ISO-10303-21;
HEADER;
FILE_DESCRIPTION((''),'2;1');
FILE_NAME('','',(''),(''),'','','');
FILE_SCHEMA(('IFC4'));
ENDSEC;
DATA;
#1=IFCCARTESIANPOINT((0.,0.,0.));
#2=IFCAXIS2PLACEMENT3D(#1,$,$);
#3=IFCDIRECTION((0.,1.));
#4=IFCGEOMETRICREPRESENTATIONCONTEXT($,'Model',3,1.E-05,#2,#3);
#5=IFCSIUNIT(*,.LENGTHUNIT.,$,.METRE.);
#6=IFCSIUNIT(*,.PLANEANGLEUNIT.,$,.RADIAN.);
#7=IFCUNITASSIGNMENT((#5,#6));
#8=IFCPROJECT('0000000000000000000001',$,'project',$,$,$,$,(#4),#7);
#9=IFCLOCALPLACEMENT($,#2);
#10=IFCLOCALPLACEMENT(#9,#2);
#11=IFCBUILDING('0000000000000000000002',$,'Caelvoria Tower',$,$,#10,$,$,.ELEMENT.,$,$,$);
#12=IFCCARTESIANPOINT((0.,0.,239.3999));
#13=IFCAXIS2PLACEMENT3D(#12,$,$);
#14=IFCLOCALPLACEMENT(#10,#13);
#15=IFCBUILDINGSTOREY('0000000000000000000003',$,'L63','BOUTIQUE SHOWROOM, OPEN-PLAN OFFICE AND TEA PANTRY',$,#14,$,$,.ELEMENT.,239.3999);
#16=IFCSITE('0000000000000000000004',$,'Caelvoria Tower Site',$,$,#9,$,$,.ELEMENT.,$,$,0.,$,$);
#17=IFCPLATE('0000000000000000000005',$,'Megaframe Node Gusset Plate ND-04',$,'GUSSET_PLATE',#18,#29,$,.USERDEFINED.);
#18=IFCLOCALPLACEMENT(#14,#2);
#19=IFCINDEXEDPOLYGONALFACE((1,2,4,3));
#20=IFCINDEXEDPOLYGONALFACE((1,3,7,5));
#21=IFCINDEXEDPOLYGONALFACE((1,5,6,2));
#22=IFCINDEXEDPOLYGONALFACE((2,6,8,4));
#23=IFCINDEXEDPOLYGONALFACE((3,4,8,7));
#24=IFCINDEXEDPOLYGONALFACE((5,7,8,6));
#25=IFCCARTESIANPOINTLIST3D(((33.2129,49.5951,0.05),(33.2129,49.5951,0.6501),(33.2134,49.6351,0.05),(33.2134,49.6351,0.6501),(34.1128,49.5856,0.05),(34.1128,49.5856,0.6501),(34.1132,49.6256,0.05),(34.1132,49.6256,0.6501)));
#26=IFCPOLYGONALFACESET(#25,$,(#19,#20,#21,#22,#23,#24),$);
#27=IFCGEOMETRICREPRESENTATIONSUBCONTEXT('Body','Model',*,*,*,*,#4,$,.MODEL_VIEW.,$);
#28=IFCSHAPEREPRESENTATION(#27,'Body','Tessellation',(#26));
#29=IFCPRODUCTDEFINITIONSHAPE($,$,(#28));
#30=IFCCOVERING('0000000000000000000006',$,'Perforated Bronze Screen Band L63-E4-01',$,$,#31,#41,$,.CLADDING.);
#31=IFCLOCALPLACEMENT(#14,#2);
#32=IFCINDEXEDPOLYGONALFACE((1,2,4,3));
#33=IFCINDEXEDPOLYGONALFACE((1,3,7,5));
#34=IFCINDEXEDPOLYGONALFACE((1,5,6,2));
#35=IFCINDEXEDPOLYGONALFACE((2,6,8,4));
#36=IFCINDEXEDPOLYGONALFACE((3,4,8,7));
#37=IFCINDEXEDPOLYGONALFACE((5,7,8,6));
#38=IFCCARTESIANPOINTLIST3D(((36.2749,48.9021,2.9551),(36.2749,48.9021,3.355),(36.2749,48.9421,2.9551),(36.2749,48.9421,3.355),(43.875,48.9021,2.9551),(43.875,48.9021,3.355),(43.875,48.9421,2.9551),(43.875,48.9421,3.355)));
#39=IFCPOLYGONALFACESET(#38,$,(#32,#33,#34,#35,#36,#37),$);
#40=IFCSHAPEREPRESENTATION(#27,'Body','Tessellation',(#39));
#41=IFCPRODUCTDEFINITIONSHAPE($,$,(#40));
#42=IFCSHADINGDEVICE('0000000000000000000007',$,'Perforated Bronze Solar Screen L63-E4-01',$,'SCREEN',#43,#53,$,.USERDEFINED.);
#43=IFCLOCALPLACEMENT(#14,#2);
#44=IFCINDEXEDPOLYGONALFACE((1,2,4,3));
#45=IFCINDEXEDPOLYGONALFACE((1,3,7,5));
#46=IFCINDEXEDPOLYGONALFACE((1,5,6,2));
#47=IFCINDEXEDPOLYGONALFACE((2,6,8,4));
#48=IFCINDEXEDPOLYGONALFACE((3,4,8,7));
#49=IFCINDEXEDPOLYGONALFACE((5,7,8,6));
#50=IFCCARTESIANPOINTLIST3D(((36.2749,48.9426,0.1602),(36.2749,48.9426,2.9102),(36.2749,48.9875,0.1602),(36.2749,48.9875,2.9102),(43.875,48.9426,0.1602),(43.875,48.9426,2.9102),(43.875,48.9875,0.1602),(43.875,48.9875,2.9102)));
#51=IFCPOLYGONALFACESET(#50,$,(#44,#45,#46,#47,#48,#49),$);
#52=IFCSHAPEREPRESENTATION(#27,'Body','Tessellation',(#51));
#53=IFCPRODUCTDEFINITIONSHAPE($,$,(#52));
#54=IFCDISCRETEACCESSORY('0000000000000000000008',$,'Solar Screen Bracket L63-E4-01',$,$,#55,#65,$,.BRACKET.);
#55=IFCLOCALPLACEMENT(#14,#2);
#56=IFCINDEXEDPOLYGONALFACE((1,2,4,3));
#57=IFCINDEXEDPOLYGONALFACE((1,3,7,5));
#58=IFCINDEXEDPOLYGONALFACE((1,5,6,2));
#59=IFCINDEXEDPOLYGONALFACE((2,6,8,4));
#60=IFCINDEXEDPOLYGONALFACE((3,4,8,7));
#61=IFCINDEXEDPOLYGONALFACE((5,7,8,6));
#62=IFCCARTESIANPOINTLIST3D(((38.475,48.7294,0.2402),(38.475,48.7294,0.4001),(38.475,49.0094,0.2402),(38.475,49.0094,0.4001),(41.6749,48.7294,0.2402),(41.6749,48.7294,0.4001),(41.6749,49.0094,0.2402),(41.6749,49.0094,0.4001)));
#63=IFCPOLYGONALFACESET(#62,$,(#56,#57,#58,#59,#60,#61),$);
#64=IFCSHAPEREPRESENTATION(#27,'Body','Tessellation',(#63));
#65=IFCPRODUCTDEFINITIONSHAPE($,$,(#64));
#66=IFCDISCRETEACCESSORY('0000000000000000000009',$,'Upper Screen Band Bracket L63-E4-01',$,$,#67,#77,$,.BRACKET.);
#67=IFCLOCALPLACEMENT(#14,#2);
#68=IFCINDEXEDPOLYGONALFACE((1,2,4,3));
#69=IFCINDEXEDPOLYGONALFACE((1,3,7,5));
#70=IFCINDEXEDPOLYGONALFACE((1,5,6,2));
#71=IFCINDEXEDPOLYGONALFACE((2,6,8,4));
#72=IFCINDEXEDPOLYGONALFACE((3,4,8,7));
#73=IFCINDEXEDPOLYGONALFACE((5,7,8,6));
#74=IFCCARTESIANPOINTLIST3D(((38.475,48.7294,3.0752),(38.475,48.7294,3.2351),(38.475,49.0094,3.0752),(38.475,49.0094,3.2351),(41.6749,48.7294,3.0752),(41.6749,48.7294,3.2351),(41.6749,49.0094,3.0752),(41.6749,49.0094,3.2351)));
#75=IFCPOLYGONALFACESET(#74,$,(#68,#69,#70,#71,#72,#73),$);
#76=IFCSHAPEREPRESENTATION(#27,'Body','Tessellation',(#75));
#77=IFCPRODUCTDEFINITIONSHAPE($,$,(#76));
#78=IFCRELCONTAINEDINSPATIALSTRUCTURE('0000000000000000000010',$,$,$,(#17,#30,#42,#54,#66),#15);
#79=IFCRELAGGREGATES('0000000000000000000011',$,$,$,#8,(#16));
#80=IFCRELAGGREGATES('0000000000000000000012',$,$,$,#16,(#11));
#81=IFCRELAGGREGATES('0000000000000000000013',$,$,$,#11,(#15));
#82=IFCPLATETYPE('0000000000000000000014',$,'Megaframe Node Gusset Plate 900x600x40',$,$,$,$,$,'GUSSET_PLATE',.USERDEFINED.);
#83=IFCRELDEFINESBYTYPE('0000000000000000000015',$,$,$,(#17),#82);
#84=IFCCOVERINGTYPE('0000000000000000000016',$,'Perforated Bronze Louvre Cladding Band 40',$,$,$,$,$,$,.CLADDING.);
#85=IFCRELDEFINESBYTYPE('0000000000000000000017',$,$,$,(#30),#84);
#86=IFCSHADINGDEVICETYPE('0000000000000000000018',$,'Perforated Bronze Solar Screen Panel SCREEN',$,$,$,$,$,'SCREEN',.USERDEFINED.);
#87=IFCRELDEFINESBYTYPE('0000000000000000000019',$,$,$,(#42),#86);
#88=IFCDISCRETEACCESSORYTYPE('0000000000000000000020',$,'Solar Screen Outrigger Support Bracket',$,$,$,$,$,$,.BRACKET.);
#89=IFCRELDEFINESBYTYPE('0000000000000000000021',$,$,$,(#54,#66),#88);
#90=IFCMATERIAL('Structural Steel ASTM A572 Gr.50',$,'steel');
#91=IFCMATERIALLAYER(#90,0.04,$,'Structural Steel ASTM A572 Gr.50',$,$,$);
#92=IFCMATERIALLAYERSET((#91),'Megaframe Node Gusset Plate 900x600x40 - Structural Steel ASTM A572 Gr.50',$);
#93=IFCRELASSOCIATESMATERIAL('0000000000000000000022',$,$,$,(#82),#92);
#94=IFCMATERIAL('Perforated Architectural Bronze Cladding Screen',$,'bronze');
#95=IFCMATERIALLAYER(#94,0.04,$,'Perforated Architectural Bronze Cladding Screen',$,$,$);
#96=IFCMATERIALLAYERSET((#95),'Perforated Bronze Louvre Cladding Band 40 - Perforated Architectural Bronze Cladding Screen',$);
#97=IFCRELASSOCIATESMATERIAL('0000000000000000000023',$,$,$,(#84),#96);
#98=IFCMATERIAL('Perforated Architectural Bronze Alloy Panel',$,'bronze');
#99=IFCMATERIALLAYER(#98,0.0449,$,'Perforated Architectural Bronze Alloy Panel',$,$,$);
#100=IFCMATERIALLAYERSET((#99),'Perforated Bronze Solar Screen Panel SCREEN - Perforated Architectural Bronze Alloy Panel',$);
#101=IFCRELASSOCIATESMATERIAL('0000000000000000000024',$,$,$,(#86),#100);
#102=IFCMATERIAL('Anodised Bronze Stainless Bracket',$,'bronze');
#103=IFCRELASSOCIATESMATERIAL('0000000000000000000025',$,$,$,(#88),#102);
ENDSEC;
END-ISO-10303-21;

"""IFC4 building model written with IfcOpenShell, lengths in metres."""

from ifc_helpers import new_model, si_unit, direction, frame, origin, origin_2d, place, context, subcontext, project, spatial, rectangle, extrude, material, layer, layer_set, type_object, element, save


model = new_model("IFC4")

# Units and contexts
model_context = context("Model", 3, precision=1e-05, world=origin(), true_north=direction((0.0, 1.0)))
body_context = subcontext(model_context, "Body", "Model", "MODEL_VIEW")
ifc_project = project(units=[si_unit("LENGTHUNIT", "METRE"), si_unit("PLANEANGLEUNIT", "RADIAN")], contexts=[model_context])

# Site, building, storey
site_placement = place(None, origin())
site = spatial("IfcSite", under=ifc_project, at=site_placement, Name="Caelvoria Tower Site", CompositionType="ELEMENT", RefElevation=0.0)
building_placement = place(site_placement, origin())
building = spatial("IfcBuilding", under=site, at=building_placement, Name="Caelvoria Tower", CompositionType="ELEMENT")
storey_placement = place(building_placement, frame((0.0, 0.0, 239.3999)))
storey = spatial("IfcBuildingStorey", under=building, at=storey_placement, Name="L63", Description="BOUTIQUE SHOWROOM, OPEN-PLAN OFFICE AND TEA PANTRY", CompositionType="ELEMENT", Elevation=239.3999)

# Shared definitions
ifc_material_1 = material(Name="Structural Steel ASTM A572 Gr.50", Category="steel")

# Plate
ifc_layer_1 = layer(ifc_material_1, 0.04, Name="Structural Steel ASTM A572 Gr.50")
ifc_layer_set_1 = layer_set([ifc_layer_1], Name="Megaframe Node Gusset Plate 900x600x40 - Structural Steel ASTM A572 Gr.50")
plate_type_1 = type_object("IfcPlateType", Name="Megaframe Node Gusset Plate 900x600x40", ElementType="GUSSET_PLATE", PredefinedType="USERDEFINED", material=ifc_layer_set_1)
plate_1_placement = place(storey_placement, frame((33.6631, 49.6104, 0.05), z_axis=(0.0, 0.0, 1.0), x_axis=(0.999944, -0.010561, 0.0)))
element("IfcPlate", 1, at=plate_1_placement, inside=storey, type_object=plate_type_1, Name="Megaframe Node Gusset Plate ND-04", ObjectType="GUSSET_PLATE", PredefinedType="USERDEFINED", context=body_context, shape_type="SweptSolid", body=[
    extrude(rectangle(XDim=0.8999, YDim=0.04, at=origin_2d()), origin(), (0.0, 0.0, 1.0), 0.6001),
])

# Covering
ifc_material_2 = material(Name="Perforated Architectural Bronze Cladding Screen", Category="bronze")
ifc_layer_2 = layer(ifc_material_2, 0.04, Name="Perforated Architectural Bronze Cladding Screen")
ifc_layer_set_2 = layer_set([ifc_layer_2], Name="Perforated Bronze Louvre Cladding Band 40 - Perforated Architectural Bronze Cladding Screen")
covering_type = type_object("IfcCoveringType", Name="Perforated Bronze Louvre Cladding Band 40", PredefinedType="CLADDING", material=ifc_layer_set_2)
covering_placement = place(storey_placement, frame((40.075, 48.9221, 2.9551), z_axis=(0.0, 0.0, 1.0), x_axis=(-1.0, 0.0, 0.0)))
element("IfcCovering", 2, at=covering_placement, inside=storey, type_object=covering_type, Name="Perforated Bronze Screen Band L63-E4-01", PredefinedType="CLADDING", context=body_context, shape_type="SweptSolid", body=[
    extrude(rectangle(XDim=7.6001, YDim=0.04, at=origin_2d()), origin(), (0.0, 0.0, 1.0), 0.3999),
])

# Shading device
ifc_material_3 = material(Name="Perforated Architectural Bronze Alloy Panel", Category="bronze")
ifc_layer_3 = layer(ifc_material_3, 0.0449, Name="Perforated Architectural Bronze Alloy Panel")
ifc_layer_set_3 = layer_set([ifc_layer_3], Name="Perforated Bronze Solar Screen Panel SCREEN - Perforated Architectural Bronze Alloy Panel")
shading_device_type = type_object("IfcShadingDeviceType", Name="Perforated Bronze Solar Screen Panel SCREEN", ElementType="SCREEN", PredefinedType="USERDEFINED", material=ifc_layer_set_3)
shading_device_placement = place(storey_placement, frame((40.075, 48.9651, 0.1602), z_axis=(0.0, 0.0, 1.0), x_axis=(-1.0, 0.0, 0.0)))
element("IfcShadingDevice", 3, at=shading_device_placement, inside=storey, type_object=shading_device_type, Name="Perforated Bronze Solar Screen L63-E4-01", ObjectType="SCREEN", PredefinedType="USERDEFINED", context=body_context, shape_type="SweptSolid", body=[
    extrude(rectangle(XDim=7.6001, YDim=0.0449, at=origin_2d()), origin(), (0.0, 0.0, 1.0), 2.75),
])

# Discrete accessories
ifc_material_4 = material(Name="Anodised Bronze Stainless Bracket", Category="bronze")
discrete_accessory_type = type_object("IfcDiscreteAccessoryType", Name="Solar Screen Outrigger Support Bracket", PredefinedType="BRACKET", material=ifc_material_4)
for number, where, z_axis, x_axis, name in (
    (4, (40.075, 48.8694, 0.2402), (0.0, 0.0, 1.0), (-1.0, 0.0, 0.0), "Solar Screen Bracket L63-E4-01"),
    (5, (40.075, 48.8694, 3.0752), (0.0, 0.0, 1.0), (-1.0, 0.0, 0.0), "Upper Screen Band Bracket L63-E4-01"),
):
    element("IfcDiscreteAccessory", number, at=place(storey_placement, frame(where, z_axis=z_axis, x_axis=x_axis)), inside=storey, type_object=discrete_accessory_type, Name=name, PredefinedType="BRACKET", context=body_context, shape_type="SweptSolid", body=[
        extrude(rectangle(XDim=3.2, YDim=0.28, at=origin_2d()), origin(), (0.0, 0.0, 1.0), 0.1599),
    ])

save(model, "model.ifc")
